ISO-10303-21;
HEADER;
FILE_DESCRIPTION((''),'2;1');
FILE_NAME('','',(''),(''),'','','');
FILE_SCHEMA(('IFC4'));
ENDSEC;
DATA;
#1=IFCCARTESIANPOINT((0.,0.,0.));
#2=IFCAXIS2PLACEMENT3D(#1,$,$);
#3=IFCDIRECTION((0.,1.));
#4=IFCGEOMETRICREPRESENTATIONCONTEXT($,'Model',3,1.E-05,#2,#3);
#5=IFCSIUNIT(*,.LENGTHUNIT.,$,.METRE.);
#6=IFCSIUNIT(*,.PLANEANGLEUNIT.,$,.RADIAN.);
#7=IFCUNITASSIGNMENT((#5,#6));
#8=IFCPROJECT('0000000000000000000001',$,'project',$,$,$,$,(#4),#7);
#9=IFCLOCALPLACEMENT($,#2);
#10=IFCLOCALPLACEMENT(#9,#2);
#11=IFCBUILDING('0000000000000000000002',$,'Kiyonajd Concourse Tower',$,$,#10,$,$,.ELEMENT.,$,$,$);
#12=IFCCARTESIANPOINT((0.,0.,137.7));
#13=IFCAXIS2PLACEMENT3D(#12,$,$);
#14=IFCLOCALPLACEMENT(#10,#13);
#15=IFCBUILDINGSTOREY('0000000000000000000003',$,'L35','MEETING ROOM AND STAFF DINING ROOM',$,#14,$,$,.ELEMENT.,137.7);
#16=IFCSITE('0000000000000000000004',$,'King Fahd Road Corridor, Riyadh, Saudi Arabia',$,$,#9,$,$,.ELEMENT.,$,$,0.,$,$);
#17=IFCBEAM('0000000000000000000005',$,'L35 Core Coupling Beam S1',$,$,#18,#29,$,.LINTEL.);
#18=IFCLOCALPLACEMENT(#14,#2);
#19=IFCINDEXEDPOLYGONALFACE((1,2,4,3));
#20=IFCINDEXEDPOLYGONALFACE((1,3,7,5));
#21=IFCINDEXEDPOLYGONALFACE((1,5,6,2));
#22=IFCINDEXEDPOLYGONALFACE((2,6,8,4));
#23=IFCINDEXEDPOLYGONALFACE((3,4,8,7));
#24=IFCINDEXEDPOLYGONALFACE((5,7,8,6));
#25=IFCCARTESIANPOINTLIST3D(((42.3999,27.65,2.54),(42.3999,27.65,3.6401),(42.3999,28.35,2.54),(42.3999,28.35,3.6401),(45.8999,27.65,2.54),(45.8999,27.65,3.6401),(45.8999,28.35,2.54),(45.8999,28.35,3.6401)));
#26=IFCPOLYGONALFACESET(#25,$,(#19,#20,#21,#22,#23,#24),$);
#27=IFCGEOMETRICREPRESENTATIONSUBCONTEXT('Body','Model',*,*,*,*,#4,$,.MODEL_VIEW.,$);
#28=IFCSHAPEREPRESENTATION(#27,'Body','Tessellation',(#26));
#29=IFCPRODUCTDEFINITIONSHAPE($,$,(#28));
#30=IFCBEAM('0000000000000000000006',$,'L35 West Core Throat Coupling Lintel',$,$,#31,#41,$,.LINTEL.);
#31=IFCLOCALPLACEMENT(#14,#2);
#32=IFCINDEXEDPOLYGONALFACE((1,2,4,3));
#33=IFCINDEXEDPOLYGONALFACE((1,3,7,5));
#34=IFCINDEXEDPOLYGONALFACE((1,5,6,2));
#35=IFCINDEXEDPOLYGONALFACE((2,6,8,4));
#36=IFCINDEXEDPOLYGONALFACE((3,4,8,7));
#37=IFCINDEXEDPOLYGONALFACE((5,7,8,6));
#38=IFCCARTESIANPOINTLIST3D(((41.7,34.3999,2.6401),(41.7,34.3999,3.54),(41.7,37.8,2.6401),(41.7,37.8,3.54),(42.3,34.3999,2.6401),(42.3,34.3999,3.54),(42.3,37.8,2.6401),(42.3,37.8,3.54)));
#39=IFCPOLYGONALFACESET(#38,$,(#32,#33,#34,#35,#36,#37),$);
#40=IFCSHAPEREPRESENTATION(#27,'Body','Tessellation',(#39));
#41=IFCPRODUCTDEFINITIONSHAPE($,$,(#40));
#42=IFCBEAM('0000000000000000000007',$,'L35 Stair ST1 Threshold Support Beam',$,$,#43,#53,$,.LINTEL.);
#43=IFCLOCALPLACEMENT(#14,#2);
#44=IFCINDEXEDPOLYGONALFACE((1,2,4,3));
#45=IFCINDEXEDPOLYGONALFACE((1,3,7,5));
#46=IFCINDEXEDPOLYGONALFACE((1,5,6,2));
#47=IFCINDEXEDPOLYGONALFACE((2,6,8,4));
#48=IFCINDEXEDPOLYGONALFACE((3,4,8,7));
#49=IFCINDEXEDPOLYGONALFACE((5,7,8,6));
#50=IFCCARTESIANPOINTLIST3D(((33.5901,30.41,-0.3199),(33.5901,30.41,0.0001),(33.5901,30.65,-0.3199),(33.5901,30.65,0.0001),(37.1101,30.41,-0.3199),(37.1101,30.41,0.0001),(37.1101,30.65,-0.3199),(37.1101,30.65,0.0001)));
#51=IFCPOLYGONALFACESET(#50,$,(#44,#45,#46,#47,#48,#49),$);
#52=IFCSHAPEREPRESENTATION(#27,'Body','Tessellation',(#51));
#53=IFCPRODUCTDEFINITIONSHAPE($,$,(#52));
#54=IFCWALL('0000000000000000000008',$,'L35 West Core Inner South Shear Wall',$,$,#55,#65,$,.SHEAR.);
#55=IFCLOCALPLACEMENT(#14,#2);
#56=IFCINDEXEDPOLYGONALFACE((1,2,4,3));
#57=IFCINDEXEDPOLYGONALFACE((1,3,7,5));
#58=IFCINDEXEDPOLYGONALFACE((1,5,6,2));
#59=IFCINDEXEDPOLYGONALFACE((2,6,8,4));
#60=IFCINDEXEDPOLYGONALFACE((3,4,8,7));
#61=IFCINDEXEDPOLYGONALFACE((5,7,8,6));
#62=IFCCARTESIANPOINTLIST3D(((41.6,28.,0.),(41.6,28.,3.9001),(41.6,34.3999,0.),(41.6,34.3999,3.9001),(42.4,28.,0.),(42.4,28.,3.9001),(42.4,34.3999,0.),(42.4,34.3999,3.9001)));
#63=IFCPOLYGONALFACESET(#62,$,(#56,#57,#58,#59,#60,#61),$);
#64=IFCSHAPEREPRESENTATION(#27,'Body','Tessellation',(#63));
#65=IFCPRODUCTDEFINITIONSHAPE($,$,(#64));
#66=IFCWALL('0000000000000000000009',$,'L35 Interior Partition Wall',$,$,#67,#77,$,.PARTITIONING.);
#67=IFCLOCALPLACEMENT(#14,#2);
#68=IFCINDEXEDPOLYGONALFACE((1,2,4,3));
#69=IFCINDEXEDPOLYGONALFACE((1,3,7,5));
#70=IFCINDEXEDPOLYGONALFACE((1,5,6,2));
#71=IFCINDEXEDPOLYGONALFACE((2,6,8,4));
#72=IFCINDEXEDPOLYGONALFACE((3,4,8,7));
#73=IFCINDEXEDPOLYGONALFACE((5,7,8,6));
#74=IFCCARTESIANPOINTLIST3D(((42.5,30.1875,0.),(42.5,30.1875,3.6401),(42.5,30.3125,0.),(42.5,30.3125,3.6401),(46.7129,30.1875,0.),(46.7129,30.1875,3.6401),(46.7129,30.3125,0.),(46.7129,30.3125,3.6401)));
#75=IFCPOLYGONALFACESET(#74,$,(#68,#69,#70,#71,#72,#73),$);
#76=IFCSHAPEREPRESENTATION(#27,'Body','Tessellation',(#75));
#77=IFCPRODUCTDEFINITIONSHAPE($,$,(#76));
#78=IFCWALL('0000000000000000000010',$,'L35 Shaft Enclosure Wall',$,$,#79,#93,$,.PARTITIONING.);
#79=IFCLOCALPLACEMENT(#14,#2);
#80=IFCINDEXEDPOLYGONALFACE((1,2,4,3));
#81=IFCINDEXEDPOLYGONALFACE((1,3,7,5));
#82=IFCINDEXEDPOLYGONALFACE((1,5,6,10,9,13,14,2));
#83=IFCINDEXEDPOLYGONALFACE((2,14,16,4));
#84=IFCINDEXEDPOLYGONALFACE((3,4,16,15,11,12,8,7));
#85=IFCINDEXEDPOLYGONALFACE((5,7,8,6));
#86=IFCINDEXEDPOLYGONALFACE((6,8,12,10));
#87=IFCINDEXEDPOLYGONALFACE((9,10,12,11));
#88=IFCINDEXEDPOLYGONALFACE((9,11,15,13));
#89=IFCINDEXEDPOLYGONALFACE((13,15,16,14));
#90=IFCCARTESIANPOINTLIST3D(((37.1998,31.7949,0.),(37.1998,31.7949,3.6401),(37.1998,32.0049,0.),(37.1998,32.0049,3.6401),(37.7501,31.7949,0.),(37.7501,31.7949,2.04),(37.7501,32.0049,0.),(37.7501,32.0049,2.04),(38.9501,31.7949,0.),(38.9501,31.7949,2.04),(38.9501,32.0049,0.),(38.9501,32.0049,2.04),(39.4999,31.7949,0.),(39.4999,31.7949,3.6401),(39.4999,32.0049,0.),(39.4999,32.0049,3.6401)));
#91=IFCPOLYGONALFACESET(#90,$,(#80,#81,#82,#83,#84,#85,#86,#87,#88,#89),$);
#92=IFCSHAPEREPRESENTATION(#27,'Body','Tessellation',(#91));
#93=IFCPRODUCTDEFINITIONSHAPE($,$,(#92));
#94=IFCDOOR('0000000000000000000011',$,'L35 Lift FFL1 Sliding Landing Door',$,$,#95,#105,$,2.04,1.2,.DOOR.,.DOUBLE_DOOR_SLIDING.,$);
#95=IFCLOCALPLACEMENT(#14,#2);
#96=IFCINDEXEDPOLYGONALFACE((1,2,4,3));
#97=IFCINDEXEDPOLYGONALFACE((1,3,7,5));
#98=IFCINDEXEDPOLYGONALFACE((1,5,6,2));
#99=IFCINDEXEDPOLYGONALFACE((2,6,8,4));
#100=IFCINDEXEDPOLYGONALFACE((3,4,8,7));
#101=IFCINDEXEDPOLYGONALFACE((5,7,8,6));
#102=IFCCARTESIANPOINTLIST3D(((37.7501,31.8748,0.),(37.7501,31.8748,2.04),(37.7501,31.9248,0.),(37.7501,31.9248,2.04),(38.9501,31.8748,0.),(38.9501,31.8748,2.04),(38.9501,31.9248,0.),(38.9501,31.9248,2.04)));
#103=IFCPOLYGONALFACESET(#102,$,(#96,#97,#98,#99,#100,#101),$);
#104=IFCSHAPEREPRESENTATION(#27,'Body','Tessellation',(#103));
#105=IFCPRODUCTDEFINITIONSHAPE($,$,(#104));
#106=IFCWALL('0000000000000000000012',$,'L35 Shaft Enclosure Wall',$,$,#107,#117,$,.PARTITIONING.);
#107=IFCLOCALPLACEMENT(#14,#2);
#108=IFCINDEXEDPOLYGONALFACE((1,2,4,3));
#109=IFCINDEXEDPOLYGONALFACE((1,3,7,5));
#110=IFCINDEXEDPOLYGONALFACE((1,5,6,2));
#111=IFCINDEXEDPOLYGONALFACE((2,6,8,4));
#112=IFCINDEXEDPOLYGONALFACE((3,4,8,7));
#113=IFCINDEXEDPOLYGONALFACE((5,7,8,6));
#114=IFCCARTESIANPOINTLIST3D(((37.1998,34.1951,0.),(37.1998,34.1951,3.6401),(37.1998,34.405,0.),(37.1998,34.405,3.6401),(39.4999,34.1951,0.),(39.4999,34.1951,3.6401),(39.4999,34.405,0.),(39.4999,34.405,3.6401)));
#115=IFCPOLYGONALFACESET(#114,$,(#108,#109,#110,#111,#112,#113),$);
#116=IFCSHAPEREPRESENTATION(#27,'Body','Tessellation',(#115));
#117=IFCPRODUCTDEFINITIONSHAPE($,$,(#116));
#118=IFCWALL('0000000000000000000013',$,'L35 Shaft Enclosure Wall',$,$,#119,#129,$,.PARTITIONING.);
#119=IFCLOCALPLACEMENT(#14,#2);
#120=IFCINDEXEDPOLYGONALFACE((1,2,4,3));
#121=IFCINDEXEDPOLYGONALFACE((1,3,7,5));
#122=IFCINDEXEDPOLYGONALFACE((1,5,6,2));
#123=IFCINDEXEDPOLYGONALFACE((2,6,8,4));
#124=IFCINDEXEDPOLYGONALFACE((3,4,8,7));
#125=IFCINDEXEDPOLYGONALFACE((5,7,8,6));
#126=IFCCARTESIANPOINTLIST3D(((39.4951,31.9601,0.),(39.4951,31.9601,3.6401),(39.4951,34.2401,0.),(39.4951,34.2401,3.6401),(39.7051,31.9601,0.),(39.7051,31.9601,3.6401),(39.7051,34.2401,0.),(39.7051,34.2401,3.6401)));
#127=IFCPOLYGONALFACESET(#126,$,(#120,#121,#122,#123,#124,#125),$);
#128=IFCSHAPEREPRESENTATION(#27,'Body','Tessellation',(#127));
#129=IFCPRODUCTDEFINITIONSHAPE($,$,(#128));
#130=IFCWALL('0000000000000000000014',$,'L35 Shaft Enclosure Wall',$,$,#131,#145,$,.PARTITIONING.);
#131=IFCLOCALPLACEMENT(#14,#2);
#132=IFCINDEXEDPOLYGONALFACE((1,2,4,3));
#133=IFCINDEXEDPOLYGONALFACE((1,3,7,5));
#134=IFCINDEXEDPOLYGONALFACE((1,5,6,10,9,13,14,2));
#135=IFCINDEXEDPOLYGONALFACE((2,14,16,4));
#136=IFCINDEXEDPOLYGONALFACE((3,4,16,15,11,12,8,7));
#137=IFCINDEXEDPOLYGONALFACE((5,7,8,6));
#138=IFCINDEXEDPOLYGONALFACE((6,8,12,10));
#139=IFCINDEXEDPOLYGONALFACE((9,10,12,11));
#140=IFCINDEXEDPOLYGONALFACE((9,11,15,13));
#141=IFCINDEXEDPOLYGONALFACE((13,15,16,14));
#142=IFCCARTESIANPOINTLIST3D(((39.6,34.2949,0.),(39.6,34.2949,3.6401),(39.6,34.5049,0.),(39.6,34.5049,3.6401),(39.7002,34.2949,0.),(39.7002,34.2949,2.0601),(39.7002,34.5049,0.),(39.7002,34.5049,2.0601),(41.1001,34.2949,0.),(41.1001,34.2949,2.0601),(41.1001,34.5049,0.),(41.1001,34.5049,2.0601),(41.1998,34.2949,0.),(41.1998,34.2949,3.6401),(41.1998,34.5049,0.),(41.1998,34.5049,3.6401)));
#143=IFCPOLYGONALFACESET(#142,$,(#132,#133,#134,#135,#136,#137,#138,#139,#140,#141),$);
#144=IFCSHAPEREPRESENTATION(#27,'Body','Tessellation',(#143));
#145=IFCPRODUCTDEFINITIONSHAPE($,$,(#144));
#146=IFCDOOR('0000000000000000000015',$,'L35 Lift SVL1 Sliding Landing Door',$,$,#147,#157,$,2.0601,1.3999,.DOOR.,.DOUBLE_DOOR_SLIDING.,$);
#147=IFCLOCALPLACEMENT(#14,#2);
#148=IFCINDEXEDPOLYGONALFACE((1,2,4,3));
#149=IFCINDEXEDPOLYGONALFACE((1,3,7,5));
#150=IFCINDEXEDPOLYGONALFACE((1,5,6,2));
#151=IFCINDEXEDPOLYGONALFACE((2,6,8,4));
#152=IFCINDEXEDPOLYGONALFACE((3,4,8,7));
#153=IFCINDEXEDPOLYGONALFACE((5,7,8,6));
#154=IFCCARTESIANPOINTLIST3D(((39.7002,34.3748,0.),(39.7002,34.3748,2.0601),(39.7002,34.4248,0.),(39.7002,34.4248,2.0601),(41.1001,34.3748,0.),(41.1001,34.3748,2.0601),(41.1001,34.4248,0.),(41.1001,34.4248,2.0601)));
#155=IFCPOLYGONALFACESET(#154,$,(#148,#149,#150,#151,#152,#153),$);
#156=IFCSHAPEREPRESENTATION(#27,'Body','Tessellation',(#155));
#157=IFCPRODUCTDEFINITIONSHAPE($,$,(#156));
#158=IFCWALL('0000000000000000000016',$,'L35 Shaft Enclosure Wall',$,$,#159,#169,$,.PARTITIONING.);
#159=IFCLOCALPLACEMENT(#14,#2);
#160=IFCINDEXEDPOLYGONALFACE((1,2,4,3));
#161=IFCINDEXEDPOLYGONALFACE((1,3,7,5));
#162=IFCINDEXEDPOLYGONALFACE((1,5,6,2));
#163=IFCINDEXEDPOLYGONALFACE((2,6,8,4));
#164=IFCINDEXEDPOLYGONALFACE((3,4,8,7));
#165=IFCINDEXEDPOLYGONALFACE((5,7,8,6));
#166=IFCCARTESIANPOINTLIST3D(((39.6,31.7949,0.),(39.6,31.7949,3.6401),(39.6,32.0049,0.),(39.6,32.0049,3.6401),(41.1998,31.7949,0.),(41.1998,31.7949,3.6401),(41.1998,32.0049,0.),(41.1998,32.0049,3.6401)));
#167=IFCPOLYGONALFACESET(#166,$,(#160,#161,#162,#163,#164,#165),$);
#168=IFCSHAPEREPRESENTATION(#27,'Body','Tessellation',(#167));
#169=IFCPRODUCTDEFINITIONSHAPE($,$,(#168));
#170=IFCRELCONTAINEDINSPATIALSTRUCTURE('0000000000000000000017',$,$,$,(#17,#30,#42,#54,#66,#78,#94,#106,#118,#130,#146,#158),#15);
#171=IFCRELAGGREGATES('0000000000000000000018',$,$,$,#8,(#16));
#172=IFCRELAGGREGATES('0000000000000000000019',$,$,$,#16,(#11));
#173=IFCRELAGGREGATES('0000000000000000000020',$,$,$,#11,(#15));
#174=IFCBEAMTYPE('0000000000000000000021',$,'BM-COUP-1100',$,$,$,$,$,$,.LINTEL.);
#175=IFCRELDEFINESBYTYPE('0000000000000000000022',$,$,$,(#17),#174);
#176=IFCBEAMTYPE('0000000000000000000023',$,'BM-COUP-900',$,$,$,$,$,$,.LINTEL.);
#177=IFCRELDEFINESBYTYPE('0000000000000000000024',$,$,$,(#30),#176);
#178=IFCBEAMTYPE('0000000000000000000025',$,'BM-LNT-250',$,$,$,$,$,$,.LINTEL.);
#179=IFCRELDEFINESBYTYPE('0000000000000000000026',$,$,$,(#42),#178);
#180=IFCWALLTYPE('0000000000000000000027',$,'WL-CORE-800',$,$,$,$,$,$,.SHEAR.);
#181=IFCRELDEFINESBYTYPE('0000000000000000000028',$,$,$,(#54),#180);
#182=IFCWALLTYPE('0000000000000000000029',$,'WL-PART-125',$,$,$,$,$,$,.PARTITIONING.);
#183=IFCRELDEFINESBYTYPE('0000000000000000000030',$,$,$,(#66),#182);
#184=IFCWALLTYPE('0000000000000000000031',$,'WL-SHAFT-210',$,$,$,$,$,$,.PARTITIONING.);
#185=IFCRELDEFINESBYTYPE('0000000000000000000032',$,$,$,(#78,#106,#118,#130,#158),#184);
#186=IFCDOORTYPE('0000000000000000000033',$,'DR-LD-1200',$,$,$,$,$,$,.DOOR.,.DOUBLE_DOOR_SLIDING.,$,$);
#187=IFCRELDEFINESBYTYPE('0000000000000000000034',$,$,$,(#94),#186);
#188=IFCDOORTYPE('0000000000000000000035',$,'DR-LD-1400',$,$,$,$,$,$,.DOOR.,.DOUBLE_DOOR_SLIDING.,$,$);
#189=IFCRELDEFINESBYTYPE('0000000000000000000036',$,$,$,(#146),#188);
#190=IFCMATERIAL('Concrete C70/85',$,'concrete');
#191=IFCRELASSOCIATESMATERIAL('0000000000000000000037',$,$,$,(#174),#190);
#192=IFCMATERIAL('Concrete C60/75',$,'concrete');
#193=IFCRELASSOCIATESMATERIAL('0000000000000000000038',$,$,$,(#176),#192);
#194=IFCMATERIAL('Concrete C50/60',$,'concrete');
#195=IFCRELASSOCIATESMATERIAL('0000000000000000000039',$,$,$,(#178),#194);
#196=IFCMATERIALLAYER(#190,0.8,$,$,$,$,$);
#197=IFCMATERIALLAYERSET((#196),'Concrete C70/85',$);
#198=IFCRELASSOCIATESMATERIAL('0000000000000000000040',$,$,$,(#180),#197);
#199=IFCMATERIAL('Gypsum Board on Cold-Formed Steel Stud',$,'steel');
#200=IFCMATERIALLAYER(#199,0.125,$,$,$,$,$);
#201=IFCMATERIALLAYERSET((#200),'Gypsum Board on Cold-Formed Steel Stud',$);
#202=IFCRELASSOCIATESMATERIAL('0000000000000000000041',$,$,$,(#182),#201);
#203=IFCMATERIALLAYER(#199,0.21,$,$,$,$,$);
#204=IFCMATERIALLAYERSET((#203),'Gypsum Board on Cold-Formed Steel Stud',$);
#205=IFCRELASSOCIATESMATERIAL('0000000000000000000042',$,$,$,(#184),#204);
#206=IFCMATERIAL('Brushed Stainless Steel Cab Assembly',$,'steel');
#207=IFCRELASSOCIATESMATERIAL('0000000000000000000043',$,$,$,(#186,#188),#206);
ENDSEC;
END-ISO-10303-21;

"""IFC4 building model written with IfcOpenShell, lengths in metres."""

from ifc_helpers import new_model, si_unit, direction, frame, frame_2d, origin, origin_2d, place, context, subcontext, project, spatial, rectangle, extrude, material, layer, layer_set, material_profile, profile_set, type_object, element, fill, save


model = new_model("IFC4")

# Units and contexts
model_context = context("Model", 3, precision=1e-05, world=origin(), true_north=direction((0.0, 1.0)))
body_context = subcontext(model_context, "Body", "Model", "MODEL_VIEW")
ifc_project = project(units=[si_unit("LENGTHUNIT", "METRE"), si_unit("PLANEANGLEUNIT", "RADIAN")], contexts=[model_context])

# Site, building, storey
site_placement = place(None, origin())
site = spatial("IfcSite", under=ifc_project, at=site_placement, Name="King Fahd Road Corridor, Riyadh, Saudi Arabia", CompositionType="ELEMENT", RefElevation=0.0)
building_placement = place(site_placement, origin())
building = spatial("IfcBuilding", under=site, at=building_placement, Name="Kiyonajd Concourse Tower", CompositionType="ELEMENT")
storey_placement = place(building_placement, frame((0.0, 0.0, 137.7)))
storey = spatial("IfcBuildingStorey", under=building, at=storey_placement, Name="L35", Description="MEETING ROOM AND STAFF DINING ROOM", CompositionType="ELEMENT", Elevation=137.7)

# Beams
ifc_material_1 = material(Name="Concrete C70/85", Category="concrete")
ifc_material_profile_1 = material_profile(ifc_material_1, rectangle(XDim=0.7, YDim=1.1001, at=origin_2d()), Name="RCBM-700x1100")
ifc_profile_set_1 = profile_set([ifc_material_profile_1], Name="Concrete C70/85")
beam_type_1 = type_object("IfcBeamType", Name="BM-COUP-1100", PredefinedType="LINTEL", material=ifc_profile_set_1)
beam_1_placement = place(storey_placement, frame((42.3999, 28.0, 3.0901), z_axis=(1.0, 0.0, 0.0), x_axis=(0.0, 1.0, 0.0)))
element("IfcBeam", 1, at=beam_1_placement, inside=storey, type_object=beam_type_1, Name="L35 Core Coupling Beam S1", PredefinedType="LINTEL", context=body_context, shape_type="SweptSolid", body=[
    extrude(rectangle(XDim=0.7, YDim=1.1001, at=origin_2d()), origin(), (0.0, 0.0, 1.0), 3.5),
])
ifc_material_2 = material(Name="Concrete C60/75", Category="concrete")
ifc_material_profile_2 = material_profile(ifc_material_2, rectangle(XDim=0.6001, YDim=0.8999, at=origin_2d()), Name="RCBM-600x900")
ifc_profile_set_2 = profile_set([ifc_material_profile_2], Name="Concrete C60/75")
beam_type_2 = type_object("IfcBeamType", Name="BM-COUP-900", PredefinedType="LINTEL", material=ifc_profile_set_2)
beam_2_placement = place(storey_placement, frame((42.0, 34.3999, 3.0901), z_axis=(0.0, 1.0, 0.0), x_axis=(-1.0, 0.0, 0.0)))
element("IfcBeam", 2, at=beam_2_placement, inside=storey, type_object=beam_type_2, Name="L35 West Core Throat Coupling Lintel", PredefinedType="LINTEL", context=body_context, shape_type="SweptSolid", body=[
    extrude(rectangle(XDim=0.6001, YDim=0.8999, at=origin_2d()), origin(), (0.0, 0.0, 1.0), 3.4001),
])
ifc_material_3 = material(Name="Concrete C50/60", Category="concrete")
ifc_material_profile_3 = material_profile(ifc_material_3, rectangle(XDim=0.24, YDim=0.3201, at=origin_2d()), Name="RCBM-240x320")
ifc_profile_set_3 = profile_set([ifc_material_profile_3], Name="Concrete C50/60")
beam_type_3 = type_object("IfcBeamType", Name="BM-LNT-250", PredefinedType="LINTEL", material=ifc_profile_set_3)
beam_3_placement = place(storey_placement, frame((33.5901, 30.53, -0.1599), z_axis=(1.0, 0.0, 0.0), x_axis=(0.0, 1.0, 0.0)))
element("IfcBeam", 3, at=beam_3_placement, inside=storey, type_object=beam_type_3, Name="L35 Stair ST1 Threshold Support Beam", PredefinedType="LINTEL", context=body_context, shape_type="SweptSolid", body=[
    extrude(rectangle(XDim=0.24, YDim=0.3201, at=origin_2d()), origin(), (0.0, 0.0, 1.0), 3.52),
])

# Walls
ifc_layer_1 = layer(ifc_material_1, 0.8)
ifc_layer_set_1 = layer_set([ifc_layer_1], Name="Concrete C70/85")
wall_type_1 = type_object("IfcWallType", Name="WL-CORE-800", PredefinedType="SHEAR", material=ifc_layer_set_1)
wall_1_placement = place(storey_placement, frame((42.0, 28.0, 0.0), z_axis=(0.0, 0.0, 1.0), x_axis=(0.0, 1.0, 0.0)))
element("IfcWall", 4, at=wall_1_placement, inside=storey, type_object=wall_type_1, Name="L35 West Core Inner South Shear Wall", PredefinedType="SHEAR", context=body_context, shape_type="SweptSolid", body=[
    extrude(rectangle(XDim=6.3999, YDim=0.8, at=frame_2d((3.2, 0.0))), origin(), (0.0, 0.0, 1.0), 3.9001),
])
ifc_material_4 = material(Name="Gypsum Board on Cold-Formed Steel Stud", Category="steel")
ifc_layer_2 = layer(ifc_material_4, 0.125)
ifc_layer_set_2 = layer_set([ifc_layer_2], Name="Gypsum Board on Cold-Formed Steel Stud")
wall_type_2 = type_object("IfcWallType", Name="WL-PART-125", PredefinedType="PARTITIONING", material=ifc_layer_set_2)
wall_2_placement = place(storey_placement, frame((42.5, 30.25, 0.0), z_axis=(0.0, 0.0, 1.0), x_axis=(1.0, 0.0, 0.0)))
element("IfcWall", 5, at=wall_2_placement, inside=storey, type_object=wall_type_2, Name="L35 Interior Partition Wall", PredefinedType="PARTITIONING", context=body_context, shape_type="SweptSolid", body=[
    extrude(rectangle(XDim=4.2129, YDim=0.125, at=frame_2d((2.1064, 0.0))), origin(), (0.0, 0.0, 1.0), 3.6401),
])

# Wall, opening, door
ifc_layer_3 = layer(ifc_material_4, 0.21)
ifc_layer_set_3 = layer_set([ifc_layer_3], Name="Gypsum Board on Cold-Formed Steel Stud")
wall_type_3 = type_object("IfcWallType", Name="WL-SHAFT-210", PredefinedType="PARTITIONING", material=ifc_layer_set_3)
wall_3_placement = place(storey_placement, frame((37.2, 31.8999, 0.0), z_axis=(0.0, 0.0, 1.0), x_axis=(1.0, 0.0, 0.0)))
wall_3 = element("IfcWall", 6, at=wall_3_placement, inside=storey, type_object=wall_type_3, Name="L35 Shaft Enclosure Wall", PredefinedType="PARTITIONING", context=body_context, shape_type="SweptSolid", body=[
    extrude(rectangle(XDim=2.3, YDim=0.21, at=frame_2d((1.1499, 0.0))), origin(), (0.0, 0.0, 1.0), 3.6401),
])
opening_1_placement = place(wall_3_placement, frame((0.55, 0.0, 0.0)))
opening_1 = element("IfcOpeningElement", 7, at=opening_1_placement, cuts=wall_3, PredefinedType="OPENING", context=body_context, shape_type="SweptSolid", body=[
    extrude(rectangle(XDim=1.2, YDim=2.04, at=frame_2d((0.6001, 1.02))), frame((0.0, 0.115, 0.0), z_axis=(0.0, -1.0, 0.0), x_axis=(1.0, 0.0, 0.0)), (0.0, 0.0, 1.0), 0.23),
])
ifc_material_5 = material(Name="Brushed Stainless Steel Cab Assembly", Category="steel")
door_type_1 = type_object("IfcDoorType", Name="DR-LD-1200", OperationType="DOUBLE_DOOR_SLIDING", PredefinedType="DOOR", material=ifc_material_5)
door_1_placement = place(opening_1_placement, origin())
door_1 = element("IfcDoor", 8, at=door_1_placement, inside=storey, type_object=door_type_1, Name="L35 Lift FFL1 Sliding Landing Door", OperationType="DOUBLE_DOOR_SLIDING", OverallHeight=2.04, OverallWidth=1.2, PredefinedType="DOOR", context=body_context, shape_type="SweptSolid", body=[
    extrude(rectangle(XDim=1.2, YDim=2.04, at=frame_2d((0.6001, 1.02))), frame((0.0, 0.0249, 0.0), z_axis=(0.0, -1.0, 0.0), x_axis=(1.0, 0.0, 0.0)), (0.0, 0.0, 1.0), 0.05),
])
fill(opening_1, door_1)

# Walls
wall_4_placement = place(storey_placement, frame((37.2, 34.3, 0.0), z_axis=(0.0, 0.0, 1.0), x_axis=(1.0, 0.0, 0.0)))
element("IfcWall", 9, at=wall_4_placement, inside=storey, type_object=wall_type_3, Name="L35 Shaft Enclosure Wall", PredefinedType="PARTITIONING", context=body_context, shape_type="SweptSolid", body=[
    extrude(rectangle(XDim=2.3, YDim=0.21, at=frame_2d((1.1499, 0.0))), origin(), (0.0, 0.0, 1.0), 3.6401),
])
wall_5_placement = place(storey_placement, frame((39.6001, 31.96, 0.0), z_axis=(0.0, 0.0, 1.0), x_axis=(0.0, 1.0, 0.0)))
element("IfcWall", 10, at=wall_5_placement, inside=storey, type_object=wall_type_3, Name="L35 Shaft Enclosure Wall", PredefinedType="PARTITIONING", context=body_context, shape_type="SweptSolid", body=[
    extrude(rectangle(XDim=2.28, YDim=0.21, at=frame_2d((1.1401, 0.0))), origin(), (0.0, 0.0, 1.0), 3.6401),
])

# Wall, opening, door
wall_6_placement = place(storey_placement, frame((39.6001, 34.3999, 0.0), z_axis=(0.0, 0.0, 1.0), x_axis=(1.0, 0.0, 0.0)))
wall_6 = element("IfcWall", 11, at=wall_6_placement, inside=storey, type_object=wall_type_3, Name="L35 Shaft Enclosure Wall", PredefinedType="PARTITIONING", context=body_context, shape_type="SweptSolid", body=[
    extrude(rectangle(XDim=1.5999, YDim=0.21, at=frame_2d((0.7998, 0.0))), origin(), (0.0, 0.0, 1.0), 3.6401),
])
opening_2_placement = place(wall_6_placement, frame((0.1001, 0.0, 0.0)))
opening_2 = element("IfcOpeningElement", 12, at=opening_2_placement, cuts=wall_6, PredefinedType="OPENING", context=body_context, shape_type="SweptSolid", body=[
    extrude(rectangle(XDim=1.3999, YDim=2.0601, at=frame_2d((0.7, 1.03))), frame((0.0, 0.115, 0.0), z_axis=(0.0, -1.0, 0.0), x_axis=(1.0, 0.0, 0.0)), (0.0, 0.0, 1.0), 0.23),
])
door_type_2 = type_object("IfcDoorType", Name="DR-LD-1400", OperationType="DOUBLE_DOOR_SLIDING", PredefinedType="DOOR", material=ifc_material_5)
door_2_placement = place(opening_2_placement, origin())
door_2 = element("IfcDoor", 13, at=door_2_placement, inside=storey, type_object=door_type_2, Name="L35 Lift SVL1 Sliding Landing Door", OperationType="DOUBLE_DOOR_SLIDING", OverallHeight=2.0601, OverallWidth=1.3999, PredefinedType="DOOR", context=body_context, shape_type="SweptSolid", body=[
    extrude(rectangle(XDim=1.3999, YDim=2.0601, at=frame_2d((0.7, 1.03))), frame((0.0, 0.0249, 0.0), z_axis=(0.0, -1.0, 0.0), x_axis=(1.0, 0.0, 0.0)), (0.0, 0.0, 1.0), 0.05),
])
fill(opening_2, door_2)

# Wall
wall_7_placement = place(storey_placement, frame((39.6001, 31.8999, 0.0), z_axis=(0.0, 0.0, 1.0), x_axis=(1.0, 0.0, 0.0)))
element("IfcWall", 14, at=wall_7_placement, inside=storey, type_object=wall_type_3, Name="L35 Shaft Enclosure Wall", PredefinedType="PARTITIONING", context=body_context, shape_type="SweptSolid", body=[
    extrude(rectangle(XDim=1.5999, YDim=0.21, at=frame_2d((0.7998, 0.0))), origin(), (0.0, 0.0, 1.0), 3.6401),
])

save(model, "model.ifc")
